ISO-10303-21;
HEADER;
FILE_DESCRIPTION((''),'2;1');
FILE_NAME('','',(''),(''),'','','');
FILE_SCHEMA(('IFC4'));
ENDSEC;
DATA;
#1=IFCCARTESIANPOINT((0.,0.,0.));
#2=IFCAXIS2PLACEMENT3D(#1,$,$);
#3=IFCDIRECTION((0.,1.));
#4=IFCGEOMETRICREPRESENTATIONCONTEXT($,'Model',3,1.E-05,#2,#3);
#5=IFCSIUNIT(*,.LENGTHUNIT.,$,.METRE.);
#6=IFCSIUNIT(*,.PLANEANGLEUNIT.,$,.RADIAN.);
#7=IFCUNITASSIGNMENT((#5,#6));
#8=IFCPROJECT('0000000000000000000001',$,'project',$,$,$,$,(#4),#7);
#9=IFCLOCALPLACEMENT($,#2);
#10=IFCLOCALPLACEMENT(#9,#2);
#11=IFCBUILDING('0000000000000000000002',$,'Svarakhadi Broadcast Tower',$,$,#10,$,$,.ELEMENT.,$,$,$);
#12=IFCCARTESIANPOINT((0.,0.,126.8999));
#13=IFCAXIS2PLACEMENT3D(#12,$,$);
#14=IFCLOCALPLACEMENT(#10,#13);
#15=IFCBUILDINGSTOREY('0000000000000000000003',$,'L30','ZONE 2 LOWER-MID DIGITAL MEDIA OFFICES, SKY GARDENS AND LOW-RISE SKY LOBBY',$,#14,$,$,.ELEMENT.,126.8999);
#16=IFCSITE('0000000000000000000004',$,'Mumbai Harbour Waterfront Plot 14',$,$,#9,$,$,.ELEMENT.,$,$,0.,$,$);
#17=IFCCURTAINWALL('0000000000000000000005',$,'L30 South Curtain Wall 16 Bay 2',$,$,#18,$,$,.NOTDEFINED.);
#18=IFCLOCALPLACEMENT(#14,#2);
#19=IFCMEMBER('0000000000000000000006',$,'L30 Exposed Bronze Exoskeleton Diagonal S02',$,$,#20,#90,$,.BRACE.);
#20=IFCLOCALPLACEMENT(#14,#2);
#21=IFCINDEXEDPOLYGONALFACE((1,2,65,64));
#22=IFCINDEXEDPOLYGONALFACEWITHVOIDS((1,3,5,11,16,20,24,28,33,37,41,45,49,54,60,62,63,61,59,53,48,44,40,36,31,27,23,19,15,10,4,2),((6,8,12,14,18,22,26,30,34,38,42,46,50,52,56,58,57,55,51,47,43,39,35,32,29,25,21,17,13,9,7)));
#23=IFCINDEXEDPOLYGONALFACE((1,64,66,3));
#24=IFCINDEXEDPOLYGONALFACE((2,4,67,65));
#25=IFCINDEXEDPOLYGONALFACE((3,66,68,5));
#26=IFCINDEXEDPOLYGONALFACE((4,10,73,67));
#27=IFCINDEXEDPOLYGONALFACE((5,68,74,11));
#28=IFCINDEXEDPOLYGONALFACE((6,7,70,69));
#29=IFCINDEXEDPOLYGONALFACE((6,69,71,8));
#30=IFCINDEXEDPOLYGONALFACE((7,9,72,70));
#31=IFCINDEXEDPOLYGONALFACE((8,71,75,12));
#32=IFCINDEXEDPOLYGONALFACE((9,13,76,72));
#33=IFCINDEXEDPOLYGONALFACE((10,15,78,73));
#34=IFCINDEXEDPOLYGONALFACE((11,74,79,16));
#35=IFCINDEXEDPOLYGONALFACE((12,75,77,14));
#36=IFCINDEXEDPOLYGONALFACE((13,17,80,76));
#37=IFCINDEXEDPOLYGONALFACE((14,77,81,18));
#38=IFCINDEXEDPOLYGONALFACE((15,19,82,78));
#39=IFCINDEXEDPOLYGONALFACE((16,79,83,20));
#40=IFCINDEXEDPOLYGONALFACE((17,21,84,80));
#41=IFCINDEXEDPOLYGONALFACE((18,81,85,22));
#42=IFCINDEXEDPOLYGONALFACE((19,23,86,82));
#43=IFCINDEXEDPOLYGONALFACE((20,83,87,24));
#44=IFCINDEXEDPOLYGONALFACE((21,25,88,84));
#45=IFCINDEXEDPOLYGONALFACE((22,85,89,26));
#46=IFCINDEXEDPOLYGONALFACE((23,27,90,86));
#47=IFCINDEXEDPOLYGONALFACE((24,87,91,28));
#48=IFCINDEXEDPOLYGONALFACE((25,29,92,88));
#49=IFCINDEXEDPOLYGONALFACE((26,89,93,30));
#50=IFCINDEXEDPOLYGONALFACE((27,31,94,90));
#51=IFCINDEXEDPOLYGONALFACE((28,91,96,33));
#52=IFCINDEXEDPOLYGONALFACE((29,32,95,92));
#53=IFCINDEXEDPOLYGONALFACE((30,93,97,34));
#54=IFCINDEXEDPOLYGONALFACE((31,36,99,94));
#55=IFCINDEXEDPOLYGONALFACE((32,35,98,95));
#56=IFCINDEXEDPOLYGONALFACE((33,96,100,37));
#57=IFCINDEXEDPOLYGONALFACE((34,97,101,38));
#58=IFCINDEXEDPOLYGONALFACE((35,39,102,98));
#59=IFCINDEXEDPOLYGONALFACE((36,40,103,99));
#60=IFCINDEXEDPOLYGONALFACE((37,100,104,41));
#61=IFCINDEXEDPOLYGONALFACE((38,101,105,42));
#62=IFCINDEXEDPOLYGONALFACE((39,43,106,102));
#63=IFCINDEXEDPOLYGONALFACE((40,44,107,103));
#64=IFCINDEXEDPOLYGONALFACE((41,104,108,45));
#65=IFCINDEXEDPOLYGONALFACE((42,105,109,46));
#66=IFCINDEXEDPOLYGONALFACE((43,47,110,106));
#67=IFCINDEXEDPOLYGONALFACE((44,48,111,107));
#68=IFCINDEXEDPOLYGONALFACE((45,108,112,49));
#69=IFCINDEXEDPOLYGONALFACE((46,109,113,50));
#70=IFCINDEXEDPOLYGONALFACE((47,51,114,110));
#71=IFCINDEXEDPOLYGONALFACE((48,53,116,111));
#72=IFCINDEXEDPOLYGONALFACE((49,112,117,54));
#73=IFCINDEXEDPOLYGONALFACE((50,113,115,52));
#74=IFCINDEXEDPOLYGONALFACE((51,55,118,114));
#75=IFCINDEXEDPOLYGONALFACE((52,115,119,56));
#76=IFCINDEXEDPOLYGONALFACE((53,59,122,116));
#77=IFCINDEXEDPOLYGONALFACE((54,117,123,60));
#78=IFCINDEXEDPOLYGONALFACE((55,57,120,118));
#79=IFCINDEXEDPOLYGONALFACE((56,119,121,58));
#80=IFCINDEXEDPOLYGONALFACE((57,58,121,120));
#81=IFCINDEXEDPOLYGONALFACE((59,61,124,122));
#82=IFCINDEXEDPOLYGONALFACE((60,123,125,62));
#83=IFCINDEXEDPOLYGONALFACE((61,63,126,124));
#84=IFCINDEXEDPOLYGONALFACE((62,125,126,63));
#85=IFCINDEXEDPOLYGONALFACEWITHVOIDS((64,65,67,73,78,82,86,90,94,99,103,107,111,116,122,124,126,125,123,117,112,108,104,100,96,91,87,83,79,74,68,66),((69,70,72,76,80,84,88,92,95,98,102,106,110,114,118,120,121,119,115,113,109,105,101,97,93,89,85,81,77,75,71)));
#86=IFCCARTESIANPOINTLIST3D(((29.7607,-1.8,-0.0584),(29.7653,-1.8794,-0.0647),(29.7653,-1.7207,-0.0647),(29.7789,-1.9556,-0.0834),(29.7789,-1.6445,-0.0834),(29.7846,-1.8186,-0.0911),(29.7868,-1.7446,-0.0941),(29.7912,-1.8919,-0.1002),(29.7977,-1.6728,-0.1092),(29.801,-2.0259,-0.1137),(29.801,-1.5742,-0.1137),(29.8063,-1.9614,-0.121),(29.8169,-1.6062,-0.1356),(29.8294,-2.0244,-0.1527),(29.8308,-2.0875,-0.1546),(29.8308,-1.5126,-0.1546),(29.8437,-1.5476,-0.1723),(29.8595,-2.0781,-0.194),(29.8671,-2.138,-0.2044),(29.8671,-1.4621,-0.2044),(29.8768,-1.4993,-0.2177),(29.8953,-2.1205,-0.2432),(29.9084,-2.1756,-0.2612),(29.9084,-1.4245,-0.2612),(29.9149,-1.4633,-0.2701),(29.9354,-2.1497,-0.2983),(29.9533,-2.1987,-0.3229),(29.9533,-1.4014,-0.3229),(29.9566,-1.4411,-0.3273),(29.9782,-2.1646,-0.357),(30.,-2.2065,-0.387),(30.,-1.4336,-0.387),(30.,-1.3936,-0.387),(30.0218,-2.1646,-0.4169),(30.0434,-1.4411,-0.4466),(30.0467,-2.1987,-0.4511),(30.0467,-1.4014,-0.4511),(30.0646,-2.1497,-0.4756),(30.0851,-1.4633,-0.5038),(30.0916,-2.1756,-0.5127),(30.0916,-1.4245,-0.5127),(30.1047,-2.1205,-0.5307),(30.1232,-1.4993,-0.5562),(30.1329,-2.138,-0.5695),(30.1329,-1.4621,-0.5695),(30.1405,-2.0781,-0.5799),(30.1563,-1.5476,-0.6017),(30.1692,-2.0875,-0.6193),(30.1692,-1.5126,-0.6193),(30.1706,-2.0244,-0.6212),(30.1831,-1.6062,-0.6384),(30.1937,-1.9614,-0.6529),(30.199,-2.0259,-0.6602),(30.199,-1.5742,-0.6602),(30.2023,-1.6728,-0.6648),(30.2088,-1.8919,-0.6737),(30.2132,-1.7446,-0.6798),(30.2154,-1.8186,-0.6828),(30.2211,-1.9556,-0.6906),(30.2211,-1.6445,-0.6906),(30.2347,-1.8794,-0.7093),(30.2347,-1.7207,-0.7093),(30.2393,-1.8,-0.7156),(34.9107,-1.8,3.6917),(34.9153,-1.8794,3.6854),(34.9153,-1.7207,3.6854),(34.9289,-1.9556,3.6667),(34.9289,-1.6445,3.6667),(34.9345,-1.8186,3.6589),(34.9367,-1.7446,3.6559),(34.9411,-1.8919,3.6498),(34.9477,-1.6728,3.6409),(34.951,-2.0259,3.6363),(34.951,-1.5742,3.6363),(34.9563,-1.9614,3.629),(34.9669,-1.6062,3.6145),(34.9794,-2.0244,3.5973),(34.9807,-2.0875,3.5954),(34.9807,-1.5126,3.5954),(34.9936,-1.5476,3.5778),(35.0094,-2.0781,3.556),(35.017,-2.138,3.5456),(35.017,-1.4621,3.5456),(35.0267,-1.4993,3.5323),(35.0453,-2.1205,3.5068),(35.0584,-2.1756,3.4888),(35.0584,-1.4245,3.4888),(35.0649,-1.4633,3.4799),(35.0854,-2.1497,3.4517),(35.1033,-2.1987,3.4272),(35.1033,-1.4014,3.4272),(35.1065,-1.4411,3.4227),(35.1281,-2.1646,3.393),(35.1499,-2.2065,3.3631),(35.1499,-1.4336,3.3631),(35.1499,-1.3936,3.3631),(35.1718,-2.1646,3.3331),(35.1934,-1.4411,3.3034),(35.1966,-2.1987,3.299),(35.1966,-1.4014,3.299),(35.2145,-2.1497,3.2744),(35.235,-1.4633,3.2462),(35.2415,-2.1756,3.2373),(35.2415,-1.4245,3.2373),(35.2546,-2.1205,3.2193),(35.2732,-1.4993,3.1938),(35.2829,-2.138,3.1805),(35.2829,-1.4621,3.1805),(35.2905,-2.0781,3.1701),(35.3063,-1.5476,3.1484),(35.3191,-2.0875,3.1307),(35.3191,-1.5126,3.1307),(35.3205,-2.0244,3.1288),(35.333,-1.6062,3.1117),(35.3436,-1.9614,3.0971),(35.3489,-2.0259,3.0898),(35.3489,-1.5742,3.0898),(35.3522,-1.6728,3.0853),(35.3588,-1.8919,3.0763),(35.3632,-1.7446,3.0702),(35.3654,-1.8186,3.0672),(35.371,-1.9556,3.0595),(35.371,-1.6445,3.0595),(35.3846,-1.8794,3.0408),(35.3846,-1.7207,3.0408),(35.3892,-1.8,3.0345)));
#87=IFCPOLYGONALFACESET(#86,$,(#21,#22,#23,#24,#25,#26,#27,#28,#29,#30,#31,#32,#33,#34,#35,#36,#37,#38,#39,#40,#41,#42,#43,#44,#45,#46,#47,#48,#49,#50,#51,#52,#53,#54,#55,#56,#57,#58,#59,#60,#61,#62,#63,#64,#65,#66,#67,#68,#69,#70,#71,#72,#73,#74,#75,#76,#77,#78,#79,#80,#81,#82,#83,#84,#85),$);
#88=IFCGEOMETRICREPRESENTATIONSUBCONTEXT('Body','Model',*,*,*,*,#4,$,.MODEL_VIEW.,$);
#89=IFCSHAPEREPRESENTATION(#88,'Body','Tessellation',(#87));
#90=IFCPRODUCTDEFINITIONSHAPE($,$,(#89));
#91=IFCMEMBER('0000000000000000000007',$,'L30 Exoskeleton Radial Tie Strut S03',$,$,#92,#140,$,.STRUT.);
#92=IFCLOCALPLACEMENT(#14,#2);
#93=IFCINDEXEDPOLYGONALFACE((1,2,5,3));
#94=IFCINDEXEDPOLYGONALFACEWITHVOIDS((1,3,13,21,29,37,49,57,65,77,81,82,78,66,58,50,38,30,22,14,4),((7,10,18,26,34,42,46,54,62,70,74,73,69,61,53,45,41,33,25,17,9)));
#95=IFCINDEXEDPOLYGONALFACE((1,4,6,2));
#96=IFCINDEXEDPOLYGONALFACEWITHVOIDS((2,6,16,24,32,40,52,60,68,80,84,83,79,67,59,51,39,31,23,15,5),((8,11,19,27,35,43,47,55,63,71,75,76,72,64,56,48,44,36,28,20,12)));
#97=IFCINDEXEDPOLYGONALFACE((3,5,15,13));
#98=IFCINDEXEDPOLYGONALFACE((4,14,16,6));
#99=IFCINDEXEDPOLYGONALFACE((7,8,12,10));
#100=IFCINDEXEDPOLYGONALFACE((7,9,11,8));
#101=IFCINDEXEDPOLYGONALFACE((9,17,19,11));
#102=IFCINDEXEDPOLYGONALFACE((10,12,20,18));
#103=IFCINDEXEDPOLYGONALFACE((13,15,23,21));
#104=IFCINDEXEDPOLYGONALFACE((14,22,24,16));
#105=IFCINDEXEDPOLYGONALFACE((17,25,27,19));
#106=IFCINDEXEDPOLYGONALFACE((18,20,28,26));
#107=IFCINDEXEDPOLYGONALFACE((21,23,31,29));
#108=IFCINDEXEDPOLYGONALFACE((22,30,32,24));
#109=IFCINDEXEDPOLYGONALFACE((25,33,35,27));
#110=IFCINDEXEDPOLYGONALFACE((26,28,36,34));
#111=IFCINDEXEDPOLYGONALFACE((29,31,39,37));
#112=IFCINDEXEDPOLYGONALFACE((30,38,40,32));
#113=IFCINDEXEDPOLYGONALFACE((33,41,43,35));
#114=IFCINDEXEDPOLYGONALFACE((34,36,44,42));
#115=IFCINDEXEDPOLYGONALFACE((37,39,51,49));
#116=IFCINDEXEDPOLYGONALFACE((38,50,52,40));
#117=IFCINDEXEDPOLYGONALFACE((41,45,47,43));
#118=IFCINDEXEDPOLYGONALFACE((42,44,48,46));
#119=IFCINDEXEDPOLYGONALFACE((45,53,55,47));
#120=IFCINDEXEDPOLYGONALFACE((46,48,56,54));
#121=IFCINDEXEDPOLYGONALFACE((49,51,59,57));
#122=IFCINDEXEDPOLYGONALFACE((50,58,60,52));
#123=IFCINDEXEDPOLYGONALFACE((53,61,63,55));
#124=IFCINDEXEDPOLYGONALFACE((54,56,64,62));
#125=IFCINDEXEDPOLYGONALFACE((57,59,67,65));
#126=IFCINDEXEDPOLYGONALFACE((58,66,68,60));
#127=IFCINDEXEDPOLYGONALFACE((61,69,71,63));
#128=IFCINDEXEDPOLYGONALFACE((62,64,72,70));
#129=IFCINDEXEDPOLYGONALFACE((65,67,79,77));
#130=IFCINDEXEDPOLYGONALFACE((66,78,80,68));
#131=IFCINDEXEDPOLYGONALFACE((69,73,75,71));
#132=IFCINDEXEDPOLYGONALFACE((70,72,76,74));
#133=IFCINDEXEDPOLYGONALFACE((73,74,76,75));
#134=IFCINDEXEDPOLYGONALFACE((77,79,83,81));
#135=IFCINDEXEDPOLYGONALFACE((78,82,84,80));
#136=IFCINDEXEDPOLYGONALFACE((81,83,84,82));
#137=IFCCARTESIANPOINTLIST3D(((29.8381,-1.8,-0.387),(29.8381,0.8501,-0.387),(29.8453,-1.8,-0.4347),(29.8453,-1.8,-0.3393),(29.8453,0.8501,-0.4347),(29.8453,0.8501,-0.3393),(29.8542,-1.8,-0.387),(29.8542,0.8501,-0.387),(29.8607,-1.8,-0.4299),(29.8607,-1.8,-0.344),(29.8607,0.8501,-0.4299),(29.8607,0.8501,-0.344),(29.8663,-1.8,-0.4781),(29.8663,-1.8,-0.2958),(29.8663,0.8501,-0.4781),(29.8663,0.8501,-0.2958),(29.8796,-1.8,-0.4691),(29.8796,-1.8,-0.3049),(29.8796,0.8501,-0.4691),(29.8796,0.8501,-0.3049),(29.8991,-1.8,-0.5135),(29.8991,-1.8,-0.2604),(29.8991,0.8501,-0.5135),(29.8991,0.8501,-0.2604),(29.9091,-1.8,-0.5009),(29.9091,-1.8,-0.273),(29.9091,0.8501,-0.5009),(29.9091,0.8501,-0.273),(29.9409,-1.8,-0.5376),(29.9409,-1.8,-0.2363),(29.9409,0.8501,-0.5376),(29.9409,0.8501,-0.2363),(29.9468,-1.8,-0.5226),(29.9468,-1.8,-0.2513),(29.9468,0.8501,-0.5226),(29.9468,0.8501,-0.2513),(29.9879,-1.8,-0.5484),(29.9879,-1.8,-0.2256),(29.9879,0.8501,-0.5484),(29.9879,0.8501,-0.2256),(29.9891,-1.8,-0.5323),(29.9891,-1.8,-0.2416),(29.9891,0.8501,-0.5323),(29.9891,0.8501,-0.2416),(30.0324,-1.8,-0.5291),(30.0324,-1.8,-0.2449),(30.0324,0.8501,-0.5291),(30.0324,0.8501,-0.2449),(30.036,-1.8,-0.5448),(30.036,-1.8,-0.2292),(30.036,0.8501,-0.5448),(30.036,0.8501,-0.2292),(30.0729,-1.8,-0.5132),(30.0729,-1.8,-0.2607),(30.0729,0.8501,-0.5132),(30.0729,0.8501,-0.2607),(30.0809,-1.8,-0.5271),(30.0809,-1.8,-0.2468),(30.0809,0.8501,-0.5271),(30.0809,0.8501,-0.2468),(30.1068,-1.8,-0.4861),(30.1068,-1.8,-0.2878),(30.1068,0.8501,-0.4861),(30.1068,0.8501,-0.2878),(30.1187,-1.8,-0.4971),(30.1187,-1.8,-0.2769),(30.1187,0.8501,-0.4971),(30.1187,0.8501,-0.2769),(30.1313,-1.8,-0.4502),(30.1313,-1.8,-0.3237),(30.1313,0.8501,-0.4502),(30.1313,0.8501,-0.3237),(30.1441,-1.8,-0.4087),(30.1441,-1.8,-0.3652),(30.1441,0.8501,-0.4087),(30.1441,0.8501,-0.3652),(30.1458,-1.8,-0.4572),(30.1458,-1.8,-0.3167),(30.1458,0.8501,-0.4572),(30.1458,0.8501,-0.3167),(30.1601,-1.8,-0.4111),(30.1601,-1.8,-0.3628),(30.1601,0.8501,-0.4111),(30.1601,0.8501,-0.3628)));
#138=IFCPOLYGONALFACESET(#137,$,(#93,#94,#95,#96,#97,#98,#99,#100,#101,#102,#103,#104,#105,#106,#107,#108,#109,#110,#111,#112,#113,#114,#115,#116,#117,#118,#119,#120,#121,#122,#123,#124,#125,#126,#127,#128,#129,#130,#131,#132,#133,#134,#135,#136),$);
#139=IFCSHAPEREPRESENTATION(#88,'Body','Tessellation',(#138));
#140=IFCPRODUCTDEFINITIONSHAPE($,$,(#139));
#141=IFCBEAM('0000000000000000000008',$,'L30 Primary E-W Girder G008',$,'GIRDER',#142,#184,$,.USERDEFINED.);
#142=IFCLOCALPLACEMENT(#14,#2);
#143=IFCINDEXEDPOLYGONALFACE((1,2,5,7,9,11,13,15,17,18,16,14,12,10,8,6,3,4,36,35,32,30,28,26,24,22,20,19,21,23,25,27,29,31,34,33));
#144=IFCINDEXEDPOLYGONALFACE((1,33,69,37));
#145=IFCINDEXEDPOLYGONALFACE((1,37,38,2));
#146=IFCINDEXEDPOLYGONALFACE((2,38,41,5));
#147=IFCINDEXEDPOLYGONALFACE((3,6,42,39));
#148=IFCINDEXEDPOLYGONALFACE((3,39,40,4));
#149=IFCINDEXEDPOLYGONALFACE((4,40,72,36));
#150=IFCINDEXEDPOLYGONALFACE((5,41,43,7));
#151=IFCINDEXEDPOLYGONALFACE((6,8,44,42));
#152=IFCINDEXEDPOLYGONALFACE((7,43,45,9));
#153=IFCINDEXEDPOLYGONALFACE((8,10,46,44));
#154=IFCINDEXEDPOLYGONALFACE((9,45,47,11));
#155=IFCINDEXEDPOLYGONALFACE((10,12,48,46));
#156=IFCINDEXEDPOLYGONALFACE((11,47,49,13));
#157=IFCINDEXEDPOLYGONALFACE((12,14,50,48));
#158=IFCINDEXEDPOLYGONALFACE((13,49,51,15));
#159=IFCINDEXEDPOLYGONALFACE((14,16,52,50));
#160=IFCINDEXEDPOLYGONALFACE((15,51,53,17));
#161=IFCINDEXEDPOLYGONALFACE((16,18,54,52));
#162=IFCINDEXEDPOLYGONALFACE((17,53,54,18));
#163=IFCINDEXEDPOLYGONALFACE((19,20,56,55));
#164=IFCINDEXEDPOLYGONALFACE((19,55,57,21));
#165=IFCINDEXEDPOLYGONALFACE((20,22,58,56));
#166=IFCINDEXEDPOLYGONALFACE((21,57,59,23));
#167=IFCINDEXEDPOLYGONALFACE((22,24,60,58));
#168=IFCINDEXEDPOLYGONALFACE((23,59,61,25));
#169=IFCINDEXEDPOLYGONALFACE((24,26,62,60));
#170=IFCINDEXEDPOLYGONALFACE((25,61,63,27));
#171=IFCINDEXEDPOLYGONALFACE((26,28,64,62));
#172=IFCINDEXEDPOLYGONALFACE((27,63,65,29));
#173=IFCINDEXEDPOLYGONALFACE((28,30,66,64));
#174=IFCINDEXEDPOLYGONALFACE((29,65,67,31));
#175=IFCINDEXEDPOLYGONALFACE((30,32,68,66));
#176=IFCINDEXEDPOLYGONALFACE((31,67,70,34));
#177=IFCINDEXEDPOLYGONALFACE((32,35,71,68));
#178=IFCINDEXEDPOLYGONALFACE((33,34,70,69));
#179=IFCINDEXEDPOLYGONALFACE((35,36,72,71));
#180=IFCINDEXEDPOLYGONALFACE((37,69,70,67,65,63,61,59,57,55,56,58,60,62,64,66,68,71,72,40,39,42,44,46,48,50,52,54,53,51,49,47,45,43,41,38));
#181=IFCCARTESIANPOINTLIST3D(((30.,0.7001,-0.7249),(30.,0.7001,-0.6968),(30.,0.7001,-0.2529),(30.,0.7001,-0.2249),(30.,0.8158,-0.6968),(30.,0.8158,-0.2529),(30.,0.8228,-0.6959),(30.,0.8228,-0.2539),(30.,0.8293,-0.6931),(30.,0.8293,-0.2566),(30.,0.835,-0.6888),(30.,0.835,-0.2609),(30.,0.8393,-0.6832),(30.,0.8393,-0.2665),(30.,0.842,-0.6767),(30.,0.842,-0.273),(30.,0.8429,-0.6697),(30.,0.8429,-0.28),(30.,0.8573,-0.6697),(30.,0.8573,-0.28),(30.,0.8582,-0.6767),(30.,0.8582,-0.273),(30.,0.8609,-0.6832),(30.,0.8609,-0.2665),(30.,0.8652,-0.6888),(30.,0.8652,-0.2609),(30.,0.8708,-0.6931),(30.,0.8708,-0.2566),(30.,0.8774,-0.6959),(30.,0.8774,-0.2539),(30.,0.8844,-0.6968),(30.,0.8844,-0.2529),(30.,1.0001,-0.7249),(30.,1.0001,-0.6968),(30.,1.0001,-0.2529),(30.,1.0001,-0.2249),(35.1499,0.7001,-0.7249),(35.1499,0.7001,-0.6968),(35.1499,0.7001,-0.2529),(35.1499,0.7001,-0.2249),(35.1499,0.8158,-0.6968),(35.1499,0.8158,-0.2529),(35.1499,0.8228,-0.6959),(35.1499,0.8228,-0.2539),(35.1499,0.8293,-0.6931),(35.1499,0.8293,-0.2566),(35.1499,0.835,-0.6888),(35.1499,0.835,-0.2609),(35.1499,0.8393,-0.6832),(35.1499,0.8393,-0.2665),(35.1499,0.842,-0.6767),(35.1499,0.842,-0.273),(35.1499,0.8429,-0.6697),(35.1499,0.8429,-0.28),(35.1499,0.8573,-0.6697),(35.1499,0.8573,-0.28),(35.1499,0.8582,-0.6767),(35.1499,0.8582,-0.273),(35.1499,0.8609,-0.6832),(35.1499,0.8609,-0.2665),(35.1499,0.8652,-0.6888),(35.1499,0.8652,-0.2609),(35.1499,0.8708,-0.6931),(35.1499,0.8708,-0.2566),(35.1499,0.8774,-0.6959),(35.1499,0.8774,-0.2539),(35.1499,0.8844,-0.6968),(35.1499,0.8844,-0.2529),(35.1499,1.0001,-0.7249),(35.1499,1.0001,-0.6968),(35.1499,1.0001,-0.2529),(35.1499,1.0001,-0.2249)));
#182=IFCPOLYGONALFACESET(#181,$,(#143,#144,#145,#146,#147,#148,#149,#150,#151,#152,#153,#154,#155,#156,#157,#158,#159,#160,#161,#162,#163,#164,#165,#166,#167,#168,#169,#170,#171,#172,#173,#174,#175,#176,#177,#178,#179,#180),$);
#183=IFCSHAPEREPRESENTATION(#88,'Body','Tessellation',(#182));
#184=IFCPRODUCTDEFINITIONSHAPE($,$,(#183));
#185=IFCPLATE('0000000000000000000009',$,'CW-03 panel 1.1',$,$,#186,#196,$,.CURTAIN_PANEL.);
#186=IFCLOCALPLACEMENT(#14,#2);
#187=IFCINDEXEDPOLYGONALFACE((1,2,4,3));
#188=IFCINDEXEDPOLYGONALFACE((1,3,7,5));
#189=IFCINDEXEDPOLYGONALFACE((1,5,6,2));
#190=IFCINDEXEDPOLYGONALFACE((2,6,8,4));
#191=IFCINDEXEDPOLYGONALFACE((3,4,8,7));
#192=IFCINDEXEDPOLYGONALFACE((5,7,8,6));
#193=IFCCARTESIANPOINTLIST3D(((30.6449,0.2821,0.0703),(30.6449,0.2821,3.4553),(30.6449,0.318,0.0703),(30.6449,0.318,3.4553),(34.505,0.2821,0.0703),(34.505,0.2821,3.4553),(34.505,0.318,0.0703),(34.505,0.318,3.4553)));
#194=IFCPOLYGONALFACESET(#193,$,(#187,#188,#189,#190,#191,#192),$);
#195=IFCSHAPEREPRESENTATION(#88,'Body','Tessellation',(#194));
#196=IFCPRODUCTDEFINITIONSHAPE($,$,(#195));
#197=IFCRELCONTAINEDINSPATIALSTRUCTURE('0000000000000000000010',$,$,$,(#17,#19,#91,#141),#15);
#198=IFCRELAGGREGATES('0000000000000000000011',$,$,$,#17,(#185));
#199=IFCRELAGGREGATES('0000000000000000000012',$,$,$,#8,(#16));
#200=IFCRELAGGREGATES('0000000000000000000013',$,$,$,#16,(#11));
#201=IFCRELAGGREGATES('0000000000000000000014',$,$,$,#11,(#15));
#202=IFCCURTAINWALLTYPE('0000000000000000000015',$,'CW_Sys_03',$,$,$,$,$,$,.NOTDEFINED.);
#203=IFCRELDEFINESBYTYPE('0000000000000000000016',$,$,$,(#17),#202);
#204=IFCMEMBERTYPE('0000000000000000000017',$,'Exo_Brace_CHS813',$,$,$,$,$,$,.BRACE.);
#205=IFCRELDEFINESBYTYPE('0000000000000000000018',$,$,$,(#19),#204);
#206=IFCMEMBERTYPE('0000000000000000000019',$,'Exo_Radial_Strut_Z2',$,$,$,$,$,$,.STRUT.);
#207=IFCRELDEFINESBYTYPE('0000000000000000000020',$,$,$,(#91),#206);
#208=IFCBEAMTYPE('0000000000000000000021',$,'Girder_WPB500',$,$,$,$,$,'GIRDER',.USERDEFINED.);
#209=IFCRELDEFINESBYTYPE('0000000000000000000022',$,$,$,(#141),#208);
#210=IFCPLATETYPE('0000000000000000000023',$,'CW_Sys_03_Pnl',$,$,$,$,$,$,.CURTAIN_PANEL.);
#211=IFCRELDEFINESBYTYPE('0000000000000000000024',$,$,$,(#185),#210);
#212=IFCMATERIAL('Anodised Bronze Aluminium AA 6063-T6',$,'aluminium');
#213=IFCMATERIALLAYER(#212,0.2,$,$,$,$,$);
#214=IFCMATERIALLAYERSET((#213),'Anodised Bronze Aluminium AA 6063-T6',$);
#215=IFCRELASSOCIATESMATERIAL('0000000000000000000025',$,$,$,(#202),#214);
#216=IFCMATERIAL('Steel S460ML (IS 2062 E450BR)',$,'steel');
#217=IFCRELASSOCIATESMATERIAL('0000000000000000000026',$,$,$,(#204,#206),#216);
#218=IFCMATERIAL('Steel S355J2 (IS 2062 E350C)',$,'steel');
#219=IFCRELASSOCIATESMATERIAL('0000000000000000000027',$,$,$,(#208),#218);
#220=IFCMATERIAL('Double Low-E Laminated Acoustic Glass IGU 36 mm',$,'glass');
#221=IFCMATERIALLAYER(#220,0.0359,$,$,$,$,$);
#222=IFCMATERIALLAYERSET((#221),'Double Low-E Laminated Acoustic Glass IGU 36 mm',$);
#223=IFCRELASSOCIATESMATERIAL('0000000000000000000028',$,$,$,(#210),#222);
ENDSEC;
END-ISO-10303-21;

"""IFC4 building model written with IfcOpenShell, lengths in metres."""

from ifc_helpers import new_model, si_unit, direction, frame, origin, origin_2d, place, context, subcontext, project, spatial, rectangle, hollow_circle, i_section, extrude, material, layer, layer_set, material_profile, profile_set, type_object, element, aggregate, save


model = new_model("IFC4")

# Units and contexts
model_context = context("Model", 3, precision=1e-05, world=origin(), true_north=direction((0.0, 1.0)))
body_context = subcontext(model_context, "Body", "Model", "MODEL_VIEW")
ifc_project = project(units=[si_unit("LENGTHUNIT", "METRE"), si_unit("PLANEANGLEUNIT", "RADIAN")], contexts=[model_context])

# Site, building, storey
site_placement = place(None, origin())
site = spatial("IfcSite", under=ifc_project, at=site_placement, Name="Mumbai Harbour Waterfront Plot 14", CompositionType="ELEMENT", RefElevation=0.0)
building_placement = place(site_placement, origin())
building = spatial("IfcBuilding", under=site, at=building_placement, Name="Svarakhadi Broadcast Tower", CompositionType="ELEMENT")
storey_placement = place(building_placement, frame((0.0, 0.0, 126.8999)))
storey = spatial("IfcBuildingStorey", under=building, at=storey_placement, Name="L30", Description="ZONE 2 LOWER-MID DIGITAL MEDIA OFFICES, SKY GARDENS AND LOW-RISE SKY LOBBY", CompositionType="ELEMENT", Elevation=126.8999)

# Curtain wall
ifc_material_1 = material(Name="Anodised Bronze Aluminium AA 6063-T6", Category="aluminium")
ifc_layer_1 = layer(ifc_material_1, 0.2)
ifc_layer_set_1 = layer_set([ifc_layer_1], Name="Anodised Bronze Aluminium AA 6063-T6")
curtain_wall_type = type_object("IfcCurtainWallType", Name="CW_Sys_03", PredefinedType="NOTDEFINED", material=ifc_layer_set_1)
curtain_wall_1_placement = place(storey_placement, origin())
curtain_wall_1 = element("IfcCurtainWall", 1, at=curtain_wall_1_placement, inside=storey, type_object=curtain_wall_type, Name="L30 South Curtain Wall 16 Bay 2", PredefinedType="NOTDEFINED")

# Members
ifc_material_2 = material(Name="Steel S460ML (IS 2062 E450BR)", Category="steel")
ifc_material_profile_1 = material_profile(ifc_material_2, hollow_circle(Radius=0.4065, WallThickness=0.04, at=origin_2d()), Name="CHS 813x40")
ifc_profile_set_1 = profile_set([ifc_material_profile_1], Name="Steel S460ML (IS 2062 E450BR)")
member_type_1 = type_object("IfcMemberType", Name="Exo_Brace_CHS813", PredefinedType="BRACE", material=ifc_profile_set_1)
member_1_placement = place(storey_placement, frame((30.0, -1.8, -0.387), z_axis=(0.808391, 0.0, 0.588646), x_axis=(0.0, 1.0, 0.0)))
element("IfcMember", 2, at=member_1_placement, inside=storey, type_object=member_type_1, Name="L30 Exposed Bronze Exoskeleton Diagonal S02", PredefinedType="BRACE", context=body_context, shape_type="SweptSolid", body=[
    extrude(hollow_circle(Radius=0.4065, WallThickness=0.04, at=origin_2d()), origin(), (0.0, 0.0, 1.0), 6.3706),
])
ifc_material_profile_2 = material_profile(ifc_material_2, hollow_circle(Radius=0.1619, WallThickness=0.0161, at=origin_2d()), Name="CHS 323.9x16")
ifc_profile_set_2 = profile_set([ifc_material_profile_2], Name="Steel S460ML (IS 2062 E450BR)")
member_type_2 = type_object("IfcMemberType", Name="Exo_Radial_Strut_Z2", PredefinedType="STRUT", material=ifc_profile_set_2)
member_2_placement = place(storey_placement, frame((30.0, -1.8, -0.387), z_axis=(0.0, 1.0, 0.0), x_axis=(-1.0, 0.0, 0.0)))
element("IfcMember", 3, at=member_2_placement, inside=storey, type_object=member_type_2, Name="L30 Exoskeleton Radial Tie Strut S03", PredefinedType="STRUT", context=body_context, shape_type="SweptSolid", body=[
    extrude(hollow_circle(Radius=0.1619, WallThickness=0.0161, at=origin_2d()), origin(), (0.0, 0.0, 1.0), 2.6501),
])

# Beam
ifc_material_3 = material(Name="Steel S355J2 (IS 2062 E350C)", Category="steel")
ifc_material_profile_3 = material_profile(ifc_material_3, i_section(OverallWidth=0.3, OverallDepth=0.5, WebThickness=0.0144, FlangeThickness=0.0281, FilletRadius=0.0271, at=origin_2d()), Name="WPB 500x300x187")
ifc_profile_set_3 = profile_set([ifc_material_profile_3], Name="Steel S355J2 (IS 2062 E350C)")
beam_type_1 = type_object("IfcBeamType", Name="Girder_WPB500", ElementType="GIRDER", PredefinedType="USERDEFINED", material=ifc_profile_set_3)
beam_1_placement = place(storey_placement, frame((30.0, 0.8501, -0.4749), z_axis=(1.0, 0.0, 0.0), x_axis=(0.0, 1.0, 0.0)))
element("IfcBeam", 4, at=beam_1_placement, inside=storey, type_object=beam_type_1, Name="L30 Primary E-W Girder G008", ObjectType="GIRDER", PredefinedType="USERDEFINED", context=body_context, shape_type="SweptSolid", body=[
    extrude(i_section(OverallWidth=0.3, OverallDepth=0.5, WebThickness=0.0144, FlangeThickness=0.0281, FilletRadius=0.0271, at=origin_2d()), origin(), (0.0, 0.0, 1.0), 5.1499),
])

# Plate
ifc_material_4 = material(Name="Double Low-E Laminated Acoustic Glass IGU 36 mm", Category="glass")
ifc_layer_2 = layer(ifc_material_4, 0.0359)
ifc_layer_set_2 = layer_set([ifc_layer_2], Name="Double Low-E Laminated Acoustic Glass IGU 36 mm")
plate_type_1 = type_object("IfcPlateType", Name="CW_Sys_03_Pnl", PredefinedType="CURTAIN_PANEL", material=ifc_layer_set_2)
plate_1_placement = place(storey_placement, frame((32.575, 0.3, 0.0703), z_axis=(0.0, 0.0, 1.0), x_axis=(-1.0, 0.0, 0.0)))
plate_1 = element("IfcPlate", 5, at=plate_1_placement, type_object=plate_type_1, Name="CW-03 panel 1.1", PredefinedType="CURTAIN_PANEL", context=body_context, shape_type="SweptSolid", body=[
    extrude(rectangle(XDim=3.8601, YDim=0.0359, at=origin_2d()), origin(), (0.0, 0.0, 1.0), 3.385),
])
aggregate(curtain_wall_1, [plate_1])

save(model, "model.ifc")
